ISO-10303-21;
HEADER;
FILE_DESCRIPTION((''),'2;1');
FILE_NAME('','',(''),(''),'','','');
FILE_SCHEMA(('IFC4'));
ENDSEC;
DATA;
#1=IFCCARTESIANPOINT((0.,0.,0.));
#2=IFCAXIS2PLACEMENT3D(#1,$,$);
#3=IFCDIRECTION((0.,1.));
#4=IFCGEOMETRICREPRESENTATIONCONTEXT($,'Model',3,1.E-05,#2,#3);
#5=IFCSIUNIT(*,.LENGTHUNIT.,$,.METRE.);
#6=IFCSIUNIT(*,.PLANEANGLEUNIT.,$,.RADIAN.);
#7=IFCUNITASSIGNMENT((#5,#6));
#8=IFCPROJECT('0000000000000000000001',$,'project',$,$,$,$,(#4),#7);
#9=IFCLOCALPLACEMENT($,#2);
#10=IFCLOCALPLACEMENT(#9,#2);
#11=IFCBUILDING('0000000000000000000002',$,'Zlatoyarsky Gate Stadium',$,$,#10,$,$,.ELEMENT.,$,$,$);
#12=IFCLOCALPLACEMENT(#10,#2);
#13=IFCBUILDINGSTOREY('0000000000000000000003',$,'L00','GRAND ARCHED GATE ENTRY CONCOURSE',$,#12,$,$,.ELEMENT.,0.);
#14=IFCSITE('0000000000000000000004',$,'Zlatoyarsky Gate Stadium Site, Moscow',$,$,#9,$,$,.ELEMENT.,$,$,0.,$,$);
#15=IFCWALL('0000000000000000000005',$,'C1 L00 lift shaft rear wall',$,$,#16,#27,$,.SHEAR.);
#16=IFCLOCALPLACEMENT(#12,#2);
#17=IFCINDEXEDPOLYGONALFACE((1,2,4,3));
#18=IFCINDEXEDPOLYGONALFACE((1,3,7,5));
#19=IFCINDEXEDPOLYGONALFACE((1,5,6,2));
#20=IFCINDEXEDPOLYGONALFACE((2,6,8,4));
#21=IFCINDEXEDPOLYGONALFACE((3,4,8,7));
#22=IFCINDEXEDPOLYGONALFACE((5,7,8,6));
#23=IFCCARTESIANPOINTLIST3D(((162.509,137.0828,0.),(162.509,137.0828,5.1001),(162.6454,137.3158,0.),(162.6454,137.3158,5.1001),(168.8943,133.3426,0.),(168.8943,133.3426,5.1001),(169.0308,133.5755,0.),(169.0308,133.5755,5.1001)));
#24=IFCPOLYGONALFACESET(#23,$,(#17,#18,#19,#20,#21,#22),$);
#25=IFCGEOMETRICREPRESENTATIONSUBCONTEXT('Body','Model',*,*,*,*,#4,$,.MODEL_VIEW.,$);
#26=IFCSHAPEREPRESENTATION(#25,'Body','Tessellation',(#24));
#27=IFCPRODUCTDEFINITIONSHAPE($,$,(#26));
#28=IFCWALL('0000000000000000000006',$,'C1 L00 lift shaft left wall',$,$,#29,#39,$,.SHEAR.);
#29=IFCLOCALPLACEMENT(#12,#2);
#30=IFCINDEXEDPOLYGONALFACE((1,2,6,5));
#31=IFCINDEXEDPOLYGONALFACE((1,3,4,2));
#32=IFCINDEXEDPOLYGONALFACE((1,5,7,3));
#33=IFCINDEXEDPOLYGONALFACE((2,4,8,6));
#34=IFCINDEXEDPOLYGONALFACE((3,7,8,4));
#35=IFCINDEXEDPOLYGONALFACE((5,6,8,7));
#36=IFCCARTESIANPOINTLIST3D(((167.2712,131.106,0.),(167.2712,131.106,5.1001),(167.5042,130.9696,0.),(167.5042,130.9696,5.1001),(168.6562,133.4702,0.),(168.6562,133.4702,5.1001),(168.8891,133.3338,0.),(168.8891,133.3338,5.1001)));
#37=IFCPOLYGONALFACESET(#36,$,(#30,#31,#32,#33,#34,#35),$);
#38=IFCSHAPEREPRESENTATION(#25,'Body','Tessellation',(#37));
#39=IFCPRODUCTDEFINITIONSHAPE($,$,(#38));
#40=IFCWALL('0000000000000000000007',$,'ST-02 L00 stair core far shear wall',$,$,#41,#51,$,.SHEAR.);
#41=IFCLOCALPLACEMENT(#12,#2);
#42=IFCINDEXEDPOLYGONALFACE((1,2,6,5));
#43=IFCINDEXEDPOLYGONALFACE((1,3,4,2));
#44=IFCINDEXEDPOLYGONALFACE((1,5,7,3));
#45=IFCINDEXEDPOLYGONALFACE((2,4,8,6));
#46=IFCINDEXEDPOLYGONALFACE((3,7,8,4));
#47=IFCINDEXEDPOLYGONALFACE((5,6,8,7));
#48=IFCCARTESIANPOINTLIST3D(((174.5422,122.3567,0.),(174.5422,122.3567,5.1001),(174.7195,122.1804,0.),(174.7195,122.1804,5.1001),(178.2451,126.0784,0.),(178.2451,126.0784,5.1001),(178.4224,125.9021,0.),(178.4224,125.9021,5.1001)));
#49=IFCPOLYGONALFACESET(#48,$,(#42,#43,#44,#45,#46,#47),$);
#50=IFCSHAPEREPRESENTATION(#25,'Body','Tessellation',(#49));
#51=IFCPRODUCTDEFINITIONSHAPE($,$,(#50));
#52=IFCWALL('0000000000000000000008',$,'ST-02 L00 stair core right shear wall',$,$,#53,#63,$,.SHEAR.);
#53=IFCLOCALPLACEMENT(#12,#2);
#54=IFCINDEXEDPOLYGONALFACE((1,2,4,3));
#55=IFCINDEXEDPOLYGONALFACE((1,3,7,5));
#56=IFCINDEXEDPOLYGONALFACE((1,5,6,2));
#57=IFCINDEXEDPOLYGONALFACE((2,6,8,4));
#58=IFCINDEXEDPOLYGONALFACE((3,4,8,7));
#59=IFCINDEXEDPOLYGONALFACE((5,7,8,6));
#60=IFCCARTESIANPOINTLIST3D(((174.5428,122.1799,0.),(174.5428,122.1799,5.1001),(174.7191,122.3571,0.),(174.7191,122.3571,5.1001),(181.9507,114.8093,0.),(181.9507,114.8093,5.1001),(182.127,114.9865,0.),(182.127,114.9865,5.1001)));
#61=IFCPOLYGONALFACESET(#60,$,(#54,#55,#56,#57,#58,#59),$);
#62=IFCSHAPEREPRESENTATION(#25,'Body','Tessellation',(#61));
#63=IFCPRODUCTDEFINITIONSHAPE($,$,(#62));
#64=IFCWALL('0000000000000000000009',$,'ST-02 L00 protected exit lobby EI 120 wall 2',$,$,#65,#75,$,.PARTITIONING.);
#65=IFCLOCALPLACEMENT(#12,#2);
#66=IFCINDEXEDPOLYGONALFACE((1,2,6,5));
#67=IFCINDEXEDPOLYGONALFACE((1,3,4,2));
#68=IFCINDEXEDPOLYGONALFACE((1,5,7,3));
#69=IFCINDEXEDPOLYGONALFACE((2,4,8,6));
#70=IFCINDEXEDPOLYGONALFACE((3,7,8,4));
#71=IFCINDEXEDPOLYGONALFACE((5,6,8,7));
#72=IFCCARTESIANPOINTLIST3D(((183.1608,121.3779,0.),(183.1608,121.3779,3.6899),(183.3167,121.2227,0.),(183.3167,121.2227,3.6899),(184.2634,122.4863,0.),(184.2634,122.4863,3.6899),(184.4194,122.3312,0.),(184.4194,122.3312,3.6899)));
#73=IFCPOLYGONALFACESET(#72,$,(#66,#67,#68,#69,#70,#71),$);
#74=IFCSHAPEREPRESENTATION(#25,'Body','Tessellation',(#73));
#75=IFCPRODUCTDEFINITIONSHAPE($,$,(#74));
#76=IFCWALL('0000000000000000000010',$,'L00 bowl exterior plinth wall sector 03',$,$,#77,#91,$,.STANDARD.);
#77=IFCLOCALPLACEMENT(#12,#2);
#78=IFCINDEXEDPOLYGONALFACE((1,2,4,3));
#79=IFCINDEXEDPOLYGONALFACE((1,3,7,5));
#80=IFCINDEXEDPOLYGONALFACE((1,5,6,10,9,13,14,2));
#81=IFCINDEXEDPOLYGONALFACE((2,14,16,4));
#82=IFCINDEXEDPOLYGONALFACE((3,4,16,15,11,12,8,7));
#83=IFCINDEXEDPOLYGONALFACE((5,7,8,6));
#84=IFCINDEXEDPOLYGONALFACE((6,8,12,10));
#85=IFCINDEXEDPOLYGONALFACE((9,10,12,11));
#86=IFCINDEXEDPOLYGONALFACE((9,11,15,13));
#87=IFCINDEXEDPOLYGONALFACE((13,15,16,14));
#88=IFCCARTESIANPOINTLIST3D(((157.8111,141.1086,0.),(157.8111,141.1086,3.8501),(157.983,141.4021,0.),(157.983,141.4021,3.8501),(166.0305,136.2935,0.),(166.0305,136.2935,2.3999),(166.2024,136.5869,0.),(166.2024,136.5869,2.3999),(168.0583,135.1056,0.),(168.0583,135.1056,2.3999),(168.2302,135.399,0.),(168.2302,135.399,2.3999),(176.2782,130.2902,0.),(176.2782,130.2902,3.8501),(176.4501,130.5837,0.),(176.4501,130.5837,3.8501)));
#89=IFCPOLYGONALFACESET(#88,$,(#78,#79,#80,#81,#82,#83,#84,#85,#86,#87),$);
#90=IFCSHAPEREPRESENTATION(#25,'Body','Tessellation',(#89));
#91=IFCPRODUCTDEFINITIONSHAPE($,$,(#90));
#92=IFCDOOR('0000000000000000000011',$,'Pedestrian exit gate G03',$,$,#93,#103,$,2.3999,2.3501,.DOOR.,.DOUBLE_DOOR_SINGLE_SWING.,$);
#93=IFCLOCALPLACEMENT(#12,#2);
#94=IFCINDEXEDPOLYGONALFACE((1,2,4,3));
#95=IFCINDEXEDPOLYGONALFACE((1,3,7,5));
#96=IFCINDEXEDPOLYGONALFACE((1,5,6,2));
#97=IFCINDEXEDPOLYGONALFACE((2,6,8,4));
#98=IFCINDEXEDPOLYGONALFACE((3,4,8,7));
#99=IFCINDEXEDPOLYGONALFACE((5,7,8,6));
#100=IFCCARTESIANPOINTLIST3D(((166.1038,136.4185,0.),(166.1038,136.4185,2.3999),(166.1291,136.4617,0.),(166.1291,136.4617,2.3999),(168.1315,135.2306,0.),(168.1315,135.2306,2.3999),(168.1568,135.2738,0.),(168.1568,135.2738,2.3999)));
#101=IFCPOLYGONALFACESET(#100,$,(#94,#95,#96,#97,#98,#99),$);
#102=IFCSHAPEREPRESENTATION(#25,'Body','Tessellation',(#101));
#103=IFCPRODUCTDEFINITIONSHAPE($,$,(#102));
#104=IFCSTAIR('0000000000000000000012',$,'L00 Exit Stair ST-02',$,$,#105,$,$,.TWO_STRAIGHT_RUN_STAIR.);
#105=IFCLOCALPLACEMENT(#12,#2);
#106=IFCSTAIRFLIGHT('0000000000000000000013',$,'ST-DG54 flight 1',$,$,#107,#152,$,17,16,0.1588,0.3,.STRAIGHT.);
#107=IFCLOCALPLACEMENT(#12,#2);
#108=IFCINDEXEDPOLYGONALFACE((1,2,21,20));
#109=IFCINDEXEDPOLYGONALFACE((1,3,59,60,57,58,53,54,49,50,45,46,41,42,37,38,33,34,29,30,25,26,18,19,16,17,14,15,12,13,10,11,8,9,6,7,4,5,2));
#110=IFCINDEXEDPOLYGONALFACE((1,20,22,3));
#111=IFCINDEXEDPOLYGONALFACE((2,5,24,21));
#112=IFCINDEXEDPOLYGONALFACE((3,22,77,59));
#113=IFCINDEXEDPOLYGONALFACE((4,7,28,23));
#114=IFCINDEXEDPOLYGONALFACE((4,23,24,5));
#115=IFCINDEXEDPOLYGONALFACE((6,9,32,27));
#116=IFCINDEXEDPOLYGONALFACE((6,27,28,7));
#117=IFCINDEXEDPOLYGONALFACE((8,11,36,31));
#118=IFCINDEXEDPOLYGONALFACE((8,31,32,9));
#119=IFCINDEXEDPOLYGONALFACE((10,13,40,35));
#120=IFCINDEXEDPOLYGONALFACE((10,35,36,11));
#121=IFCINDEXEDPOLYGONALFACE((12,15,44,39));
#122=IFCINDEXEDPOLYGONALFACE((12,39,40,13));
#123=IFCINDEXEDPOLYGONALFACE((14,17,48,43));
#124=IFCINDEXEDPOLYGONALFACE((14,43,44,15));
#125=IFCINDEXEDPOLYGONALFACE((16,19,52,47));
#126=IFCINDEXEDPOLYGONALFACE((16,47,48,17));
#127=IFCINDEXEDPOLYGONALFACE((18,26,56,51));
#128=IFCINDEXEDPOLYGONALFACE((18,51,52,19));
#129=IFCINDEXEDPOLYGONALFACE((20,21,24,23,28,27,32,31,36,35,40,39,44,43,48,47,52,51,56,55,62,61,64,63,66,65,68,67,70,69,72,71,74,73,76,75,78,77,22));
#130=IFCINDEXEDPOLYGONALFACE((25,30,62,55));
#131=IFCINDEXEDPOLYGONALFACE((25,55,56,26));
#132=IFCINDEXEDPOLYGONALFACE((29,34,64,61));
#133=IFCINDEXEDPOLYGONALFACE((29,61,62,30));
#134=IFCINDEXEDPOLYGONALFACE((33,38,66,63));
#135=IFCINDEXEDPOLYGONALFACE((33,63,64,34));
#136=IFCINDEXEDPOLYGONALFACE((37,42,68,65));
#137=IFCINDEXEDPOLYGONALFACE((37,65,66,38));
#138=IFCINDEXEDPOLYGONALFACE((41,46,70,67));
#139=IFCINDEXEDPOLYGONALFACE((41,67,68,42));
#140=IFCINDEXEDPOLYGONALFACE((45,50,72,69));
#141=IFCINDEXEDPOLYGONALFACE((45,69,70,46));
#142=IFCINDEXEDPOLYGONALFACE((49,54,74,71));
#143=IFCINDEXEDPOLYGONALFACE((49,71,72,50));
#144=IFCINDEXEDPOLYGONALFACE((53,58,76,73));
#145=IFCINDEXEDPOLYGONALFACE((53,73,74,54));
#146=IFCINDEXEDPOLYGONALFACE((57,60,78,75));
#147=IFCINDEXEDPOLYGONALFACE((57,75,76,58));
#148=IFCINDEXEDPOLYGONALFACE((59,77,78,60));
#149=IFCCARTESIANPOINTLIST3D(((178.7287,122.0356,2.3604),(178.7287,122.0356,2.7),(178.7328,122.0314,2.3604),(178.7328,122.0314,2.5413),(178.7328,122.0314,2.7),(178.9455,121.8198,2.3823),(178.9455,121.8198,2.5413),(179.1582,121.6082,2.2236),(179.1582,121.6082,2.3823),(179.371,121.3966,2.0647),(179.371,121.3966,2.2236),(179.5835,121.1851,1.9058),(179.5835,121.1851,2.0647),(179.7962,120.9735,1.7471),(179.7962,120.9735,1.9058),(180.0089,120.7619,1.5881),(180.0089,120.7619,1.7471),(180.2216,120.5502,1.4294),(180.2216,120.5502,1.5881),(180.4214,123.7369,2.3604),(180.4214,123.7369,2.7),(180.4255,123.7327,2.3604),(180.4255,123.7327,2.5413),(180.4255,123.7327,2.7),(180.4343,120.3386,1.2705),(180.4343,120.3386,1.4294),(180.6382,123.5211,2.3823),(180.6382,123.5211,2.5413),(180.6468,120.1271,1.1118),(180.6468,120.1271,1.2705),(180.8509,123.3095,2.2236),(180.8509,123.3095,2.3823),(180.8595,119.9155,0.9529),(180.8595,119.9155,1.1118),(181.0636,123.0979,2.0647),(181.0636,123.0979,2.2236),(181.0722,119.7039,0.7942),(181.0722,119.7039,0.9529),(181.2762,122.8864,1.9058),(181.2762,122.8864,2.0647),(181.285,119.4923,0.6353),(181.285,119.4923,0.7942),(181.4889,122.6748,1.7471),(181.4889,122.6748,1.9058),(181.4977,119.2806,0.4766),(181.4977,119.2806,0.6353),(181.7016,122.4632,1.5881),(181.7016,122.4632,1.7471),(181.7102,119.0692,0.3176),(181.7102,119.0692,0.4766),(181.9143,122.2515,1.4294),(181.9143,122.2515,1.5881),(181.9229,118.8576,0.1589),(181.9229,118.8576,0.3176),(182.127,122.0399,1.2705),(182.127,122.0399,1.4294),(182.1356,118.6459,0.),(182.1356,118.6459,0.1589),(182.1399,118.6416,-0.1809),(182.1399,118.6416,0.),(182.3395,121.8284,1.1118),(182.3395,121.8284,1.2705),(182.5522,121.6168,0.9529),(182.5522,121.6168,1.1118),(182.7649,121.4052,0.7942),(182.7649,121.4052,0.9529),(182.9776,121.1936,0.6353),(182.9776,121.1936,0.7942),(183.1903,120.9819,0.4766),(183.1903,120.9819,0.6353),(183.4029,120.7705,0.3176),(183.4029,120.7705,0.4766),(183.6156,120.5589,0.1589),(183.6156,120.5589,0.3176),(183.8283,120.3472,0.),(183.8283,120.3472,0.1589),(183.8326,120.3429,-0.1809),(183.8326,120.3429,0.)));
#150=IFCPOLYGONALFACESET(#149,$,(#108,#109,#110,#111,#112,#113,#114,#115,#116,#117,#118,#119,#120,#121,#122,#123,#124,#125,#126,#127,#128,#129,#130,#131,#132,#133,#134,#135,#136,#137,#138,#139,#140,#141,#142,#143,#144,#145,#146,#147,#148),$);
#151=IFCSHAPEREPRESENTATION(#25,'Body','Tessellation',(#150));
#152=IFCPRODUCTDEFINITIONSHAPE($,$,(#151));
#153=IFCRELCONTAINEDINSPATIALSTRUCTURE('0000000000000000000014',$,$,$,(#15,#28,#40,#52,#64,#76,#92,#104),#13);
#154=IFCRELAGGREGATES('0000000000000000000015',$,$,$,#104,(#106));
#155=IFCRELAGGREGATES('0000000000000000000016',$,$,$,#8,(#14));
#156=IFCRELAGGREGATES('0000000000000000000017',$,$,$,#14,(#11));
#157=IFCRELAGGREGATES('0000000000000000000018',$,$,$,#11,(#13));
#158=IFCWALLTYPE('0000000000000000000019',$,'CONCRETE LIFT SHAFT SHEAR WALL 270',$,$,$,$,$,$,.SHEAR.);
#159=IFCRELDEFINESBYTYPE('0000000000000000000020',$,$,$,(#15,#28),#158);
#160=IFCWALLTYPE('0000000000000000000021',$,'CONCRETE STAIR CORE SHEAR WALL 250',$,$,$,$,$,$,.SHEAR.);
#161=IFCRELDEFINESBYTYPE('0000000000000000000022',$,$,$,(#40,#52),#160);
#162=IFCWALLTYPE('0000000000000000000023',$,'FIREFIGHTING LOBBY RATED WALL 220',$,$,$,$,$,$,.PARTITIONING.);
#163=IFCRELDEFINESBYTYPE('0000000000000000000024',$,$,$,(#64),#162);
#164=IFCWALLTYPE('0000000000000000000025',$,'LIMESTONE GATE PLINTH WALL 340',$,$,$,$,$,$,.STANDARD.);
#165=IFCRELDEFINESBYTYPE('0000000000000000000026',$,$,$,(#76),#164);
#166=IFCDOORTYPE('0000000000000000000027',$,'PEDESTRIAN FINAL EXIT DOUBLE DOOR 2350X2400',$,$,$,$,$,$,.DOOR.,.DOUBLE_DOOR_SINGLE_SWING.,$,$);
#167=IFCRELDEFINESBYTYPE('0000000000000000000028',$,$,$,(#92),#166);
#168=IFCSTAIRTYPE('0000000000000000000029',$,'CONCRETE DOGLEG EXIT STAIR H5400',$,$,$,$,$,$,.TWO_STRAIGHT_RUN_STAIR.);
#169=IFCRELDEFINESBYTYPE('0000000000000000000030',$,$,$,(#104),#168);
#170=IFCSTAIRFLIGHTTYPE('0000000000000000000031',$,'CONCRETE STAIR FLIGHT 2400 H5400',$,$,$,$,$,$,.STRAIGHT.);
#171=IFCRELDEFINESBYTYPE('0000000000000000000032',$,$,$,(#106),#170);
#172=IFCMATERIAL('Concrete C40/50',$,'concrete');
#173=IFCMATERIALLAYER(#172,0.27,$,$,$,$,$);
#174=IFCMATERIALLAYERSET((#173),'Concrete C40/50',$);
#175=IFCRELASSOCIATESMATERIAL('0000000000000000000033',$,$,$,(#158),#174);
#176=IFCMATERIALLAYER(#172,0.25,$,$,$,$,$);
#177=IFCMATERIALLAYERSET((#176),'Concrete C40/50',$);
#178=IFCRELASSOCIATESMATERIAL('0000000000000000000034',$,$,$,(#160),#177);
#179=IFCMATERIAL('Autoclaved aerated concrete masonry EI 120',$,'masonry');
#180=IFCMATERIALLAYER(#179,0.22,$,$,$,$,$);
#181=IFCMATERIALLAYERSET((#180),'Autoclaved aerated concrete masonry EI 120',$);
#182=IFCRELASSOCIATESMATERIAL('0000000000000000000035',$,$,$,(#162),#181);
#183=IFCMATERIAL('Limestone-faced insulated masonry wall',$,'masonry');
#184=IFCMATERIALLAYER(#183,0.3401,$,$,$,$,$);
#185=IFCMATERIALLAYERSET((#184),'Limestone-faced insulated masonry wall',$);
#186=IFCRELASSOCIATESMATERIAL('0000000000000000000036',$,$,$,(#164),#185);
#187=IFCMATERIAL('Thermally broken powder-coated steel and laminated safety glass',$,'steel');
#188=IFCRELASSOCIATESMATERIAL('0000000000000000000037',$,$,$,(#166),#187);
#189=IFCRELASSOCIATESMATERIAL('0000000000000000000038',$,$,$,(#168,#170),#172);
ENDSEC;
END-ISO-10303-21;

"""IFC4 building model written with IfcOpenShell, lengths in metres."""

from ifc_helpers import new_model, si_unit, direction, frame, frame_2d, origin, place, context, subcontext, project, spatial, polyline, rectangle, outline, extrude, material, layer, layer_set, type_object, element, fill, aggregate, save


model = new_model("IFC4")

# Units and contexts
model_context = context("Model", 3, precision=1e-05, world=origin(), true_north=direction((0.0, 1.0)))
body_context = subcontext(model_context, "Body", "Model", "MODEL_VIEW")
ifc_project = project(units=[si_unit("LENGTHUNIT", "METRE"), si_unit("PLANEANGLEUNIT", "RADIAN")], contexts=[model_context])

# Site, building, storey
site_placement = place(None, origin())
site = spatial("IfcSite", under=ifc_project, at=site_placement, Name="Zlatoyarsky Gate Stadium Site, Moscow", CompositionType="ELEMENT", RefElevation=0.0)
building_placement = place(site_placement, origin())
building = spatial("IfcBuilding", under=site, at=building_placement, Name="Zlatoyarsky Gate Stadium", CompositionType="ELEMENT")
storey_placement = place(building_placement, origin())
storey = spatial("IfcBuildingStorey", under=building, at=storey_placement, Name="L00", Description="GRAND ARCHED GATE ENTRY CONCOURSE", CompositionType="ELEMENT", Elevation=0.0)

# Shared definitions
ifc_material_1 = material(Name="Concrete C40/50", Category="concrete")

# Walls
ifc_layer_1 = layer(ifc_material_1, 0.27)
ifc_layer_set_1 = layer_set([ifc_layer_1], Name="Concrete C40/50")
wall_type_1 = type_object("IfcWallType", Name="CONCRETE LIFT SHAFT SHEAR WALL 270", PredefinedType="SHEAR", material=ifc_layer_set_1)
wall_1_placement = place(storey_placement, frame((168.9626, 133.459, 0.0), z_axis=(0.0, 0.0, 1.0), x_axis=(-0.862866, 0.505433, 0.0)))
element("IfcWall", 1, at=wall_1_placement, inside=storey, type_object=wall_type_1, Name="C1 L00 lift shaft rear wall", PredefinedType="SHEAR", context=body_context, shape_type="SweptSolid", body=[
    extrude(rectangle(XDim=7.4001, YDim=0.27, at=frame_2d((3.7002, 0.0))), origin(), (0.0, 0.0, 1.0), 5.1001),
])
wall_2_placement = place(storey_placement, frame((168.7727, 133.4021, 0.0), z_axis=(0.0, 0.0, 1.0), x_axis=(-0.505466, -0.862847, 0.0)))
element("IfcWall", 2, at=wall_2_placement, inside=storey, type_object=wall_type_1, Name="C1 L00 lift shaft left wall", PredefinedType="SHEAR", context=body_context, shape_type="SweptSolid", body=[
    extrude(rectangle(XDim=2.74, YDim=0.27, at=frame_2d((1.3701, 0.0))), origin(), (0.0, 0.0, 1.0), 5.1001),
])
ifc_layer_2 = layer(ifc_material_1, 0.25)
ifc_layer_set_2 = layer_set([ifc_layer_2], Name="Concrete C40/50")
wall_type_2 = type_object("IfcWallType", Name="CONCRETE STAIR CORE SHEAR WALL 250", PredefinedType="SHEAR", material=ifc_layer_set_2)
wall_3_placement = place(storey_placement, frame((178.3337, 125.9902, 0.0), z_axis=(0.0, 0.0, 1.0), x_axis=(-0.705314, -0.708895, 0.0)))
element("IfcWall", 3, at=wall_3_placement, inside=storey, type_object=wall_type_2, Name="ST-02 L00 stair core far shear wall", PredefinedType="SHEAR", context=body_context, shape_type="SweptSolid", body=[
    extrude(rectangle(XDim=5.25, YDim=0.25, at=frame_2d((2.625, 0.0))), origin(), (0.0, 0.0, 1.0), 5.1001),
])
wall_4_placement = place(storey_placement, frame((174.6309, 122.2686, 0.0), z_axis=(0.0, 0.0, 1.0), x_axis=(0.708892, -0.705317, 0.0)))
element("IfcWall", 4, at=wall_4_placement, inside=storey, type_object=wall_type_2, Name="ST-02 L00 stair core right shear wall", PredefinedType="SHEAR", context=body_context, shape_type="SweptSolid", body=[
    extrude(rectangle(XDim=10.45, YDim=0.25, at=frame_2d((5.2251, 0.0))), origin(), (0.0, 0.0, 1.0), 5.1001),
])
ifc_material_2 = material(Name="Autoclaved aerated concrete masonry EI 120", Category="masonry")
ifc_layer_3 = layer(ifc_material_2, 0.22)
ifc_layer_set_3 = layer_set([ifc_layer_3], Name="Autoclaved aerated concrete masonry EI 120")
wall_type_3 = type_object("IfcWallType", Name="FIREFIGHTING LOBBY RATED WALL 220", PredefinedType="PARTITIONING", material=ifc_layer_set_3)
wall_5_placement = place(storey_placement, frame((183.2388, 121.3003, 0.0), z_axis=(0.0, 0.0, 1.0), x_axis=(0.70523, 0.708978, 0.0)))
element("IfcWall", 5, at=wall_5_placement, inside=storey, type_object=wall_type_3, Name="ST-02 L00 protected exit lobby EI 120 wall 2", PredefinedType="PARTITIONING", context=body_context, shape_type="SweptSolid", body=[
    extrude(rectangle(XDim=1.5635, YDim=0.22, at=frame_2d((0.7817, 0.0))), origin(), (0.0, 0.0, 1.0), 3.6899),
])

# Wall, opening, door
ifc_material_3 = material(Name="Limestone-faced insulated masonry wall", Category="masonry")
ifc_layer_4 = layer(ifc_material_3, 0.3401)
ifc_layer_set_4 = layer_set([ifc_layer_4], Name="Limestone-faced insulated masonry wall")
wall_type_4 = type_object("IfcWallType", Name="LIMESTONE GATE PLINTH WALL 340", PredefinedType="STANDARD", material=ifc_layer_set_4)
wall_6_placement = place(storey_placement, frame((176.364, 130.437, 0.0), z_axis=(0.0, 0.0, 1.0), x_axis=(-0.862844, 0.505471, 0.0)))
wall_6 = element("IfcWall", 6, at=wall_6_placement, inside=storey, type_object=wall_type_4, Name="L00 bowl exterior plinth wall sector 03", PredefinedType="STANDARD", context=body_context, shape_type="SweptSolid", body=[
    extrude(rectangle(XDim=21.4026, YDim=0.3401, at=frame_2d((10.7012, 0.0))), origin(), (0.0, 0.0, 1.0), 3.8501),
])
opening_placement = place(wall_6_placement, frame((9.5264, 0.0, 0.0)))
opening = element("IfcOpeningElement", 7, at=opening_placement, cuts=wall_6, PredefinedType="OPENING", context=body_context, shape_type="SweptSolid", body=[
    extrude(rectangle(XDim=2.3501, YDim=2.3999, at=frame_2d((1.175, 1.2))), frame((0.0, 0.1799, 0.0), z_axis=(0.0, -1.0, 0.0), x_axis=(1.0, 0.0, 0.0)), (0.0, 0.0, 1.0), 0.3601),
])
ifc_material_4 = material(Name="Thermally broken powder-coated steel and laminated safety glass", Category="steel")
door_type = type_object("IfcDoorType", Name="PEDESTRIAN FINAL EXIT DOUBLE DOOR 2350X2400", OperationType="DOUBLE_DOOR_SINGLE_SWING", PredefinedType="DOOR", material=ifc_material_4)
door_placement = place(opening_placement, frame((2.3501, 0.0, 0.0), z_axis=(0.0, 0.0, 1.0), x_axis=(-1.0, 0.0, 0.0)))
door = element("IfcDoor", 8, at=door_placement, inside=storey, type_object=door_type, Name="Pedestrian exit gate G03", OperationType="DOUBLE_DOOR_SINGLE_SWING", OverallHeight=2.3999, OverallWidth=2.3501, PredefinedType="DOOR", context=body_context, shape_type="SweptSolid", body=[
    extrude(rectangle(XDim=2.3501, YDim=2.3999, at=frame_2d((1.175, 1.2))), frame((0.0, 0.0249, 0.0), z_axis=(0.0, -1.0, 0.0), x_axis=(1.0, 0.0, 0.0)), (0.0, 0.0, 1.0), 0.05),
])
fill(opening, door)

# Stair, stair flight
stair_type = type_object("IfcStairType", Name="CONCRETE DOGLEG EXIT STAIR H5400", PredefinedType="TWO_STRAIGHT_RUN_STAIR", material=ifc_material_1)
stair_placement = place(storey_placement, origin())
stair = element("IfcStair", 9, at=stair_placement, inside=storey, type_object=stair_type, Name="L00 Exit Stair ST-02", PredefinedType="TWO_STRAIGHT_RUN_STAIR")
stair_flight_type = type_object("IfcStairFlightType", Name="CONCRETE STAIR FLIGHT 2400 H5400", PredefinedType="STRAIGHT", material=ifc_material_1)
stair_flight_1_placement = place(storey_placement, frame((182.9819, 119.4966, 0.0), z_axis=(0.0, 0.0, 1.0), x_axis=(-0.708901, 0.705308, 0.0)))
stair_flight_1 = element("IfcStairFlight", 10, at=stair_flight_1_placement, type_object=stair_flight_type, Name="ST-DG54 flight 1", NumberOfRisers=17, NumberOfTreads=16, PredefinedType="STRAIGHT", RiserHeight=0.1588, TreadLength=0.3, context=body_context, shape_type="SweptSolid", body=[
    extrude(outline(polyline([(-0.0061, -0.1809), (-0.0061, 0.0), (0.0, 0.0), (0.0, 0.1589), (0.3, 0.1589), (0.3, 0.3176), (0.6001, 0.3176), (0.6001, 0.4766), (0.8999, 0.4766), (0.8999, 0.6353), (1.2, 0.6353), (1.2, 0.7942), (1.5, 0.7942), (1.5, 0.9529), (1.8, 0.9529), (1.8, 1.1118), (2.1001, 1.1118), (2.1001, 1.2705), (2.3999, 1.2705), (2.3999, 1.4294), (2.7, 1.4294), (2.7, 1.5881), (3.0, 1.5881), (3.0, 1.7471), (3.3, 1.7471), (3.3, 1.9058), (3.6001, 1.9058), (3.6001, 2.0647), (3.8999, 2.0647), (3.8999, 2.2236), (4.2, 2.2236), (4.2, 2.3823), (4.5, 2.3823), (4.5, 2.5413), (4.8, 2.5413), (4.8, 2.7), (4.8059, 2.7), (4.8059, 2.3604), (4.8, 2.3604), (-0.0061, -0.1809)])), frame((0.0, 1.2, 0.0), z_axis=(0.0, -1.0, 0.0), x_axis=(1.0, 0.0, 0.0)), (0.0, 0.0, 1.0), 2.3999),
])
aggregate(stair, [stair_flight_1])

save(model, "model.ifc")
